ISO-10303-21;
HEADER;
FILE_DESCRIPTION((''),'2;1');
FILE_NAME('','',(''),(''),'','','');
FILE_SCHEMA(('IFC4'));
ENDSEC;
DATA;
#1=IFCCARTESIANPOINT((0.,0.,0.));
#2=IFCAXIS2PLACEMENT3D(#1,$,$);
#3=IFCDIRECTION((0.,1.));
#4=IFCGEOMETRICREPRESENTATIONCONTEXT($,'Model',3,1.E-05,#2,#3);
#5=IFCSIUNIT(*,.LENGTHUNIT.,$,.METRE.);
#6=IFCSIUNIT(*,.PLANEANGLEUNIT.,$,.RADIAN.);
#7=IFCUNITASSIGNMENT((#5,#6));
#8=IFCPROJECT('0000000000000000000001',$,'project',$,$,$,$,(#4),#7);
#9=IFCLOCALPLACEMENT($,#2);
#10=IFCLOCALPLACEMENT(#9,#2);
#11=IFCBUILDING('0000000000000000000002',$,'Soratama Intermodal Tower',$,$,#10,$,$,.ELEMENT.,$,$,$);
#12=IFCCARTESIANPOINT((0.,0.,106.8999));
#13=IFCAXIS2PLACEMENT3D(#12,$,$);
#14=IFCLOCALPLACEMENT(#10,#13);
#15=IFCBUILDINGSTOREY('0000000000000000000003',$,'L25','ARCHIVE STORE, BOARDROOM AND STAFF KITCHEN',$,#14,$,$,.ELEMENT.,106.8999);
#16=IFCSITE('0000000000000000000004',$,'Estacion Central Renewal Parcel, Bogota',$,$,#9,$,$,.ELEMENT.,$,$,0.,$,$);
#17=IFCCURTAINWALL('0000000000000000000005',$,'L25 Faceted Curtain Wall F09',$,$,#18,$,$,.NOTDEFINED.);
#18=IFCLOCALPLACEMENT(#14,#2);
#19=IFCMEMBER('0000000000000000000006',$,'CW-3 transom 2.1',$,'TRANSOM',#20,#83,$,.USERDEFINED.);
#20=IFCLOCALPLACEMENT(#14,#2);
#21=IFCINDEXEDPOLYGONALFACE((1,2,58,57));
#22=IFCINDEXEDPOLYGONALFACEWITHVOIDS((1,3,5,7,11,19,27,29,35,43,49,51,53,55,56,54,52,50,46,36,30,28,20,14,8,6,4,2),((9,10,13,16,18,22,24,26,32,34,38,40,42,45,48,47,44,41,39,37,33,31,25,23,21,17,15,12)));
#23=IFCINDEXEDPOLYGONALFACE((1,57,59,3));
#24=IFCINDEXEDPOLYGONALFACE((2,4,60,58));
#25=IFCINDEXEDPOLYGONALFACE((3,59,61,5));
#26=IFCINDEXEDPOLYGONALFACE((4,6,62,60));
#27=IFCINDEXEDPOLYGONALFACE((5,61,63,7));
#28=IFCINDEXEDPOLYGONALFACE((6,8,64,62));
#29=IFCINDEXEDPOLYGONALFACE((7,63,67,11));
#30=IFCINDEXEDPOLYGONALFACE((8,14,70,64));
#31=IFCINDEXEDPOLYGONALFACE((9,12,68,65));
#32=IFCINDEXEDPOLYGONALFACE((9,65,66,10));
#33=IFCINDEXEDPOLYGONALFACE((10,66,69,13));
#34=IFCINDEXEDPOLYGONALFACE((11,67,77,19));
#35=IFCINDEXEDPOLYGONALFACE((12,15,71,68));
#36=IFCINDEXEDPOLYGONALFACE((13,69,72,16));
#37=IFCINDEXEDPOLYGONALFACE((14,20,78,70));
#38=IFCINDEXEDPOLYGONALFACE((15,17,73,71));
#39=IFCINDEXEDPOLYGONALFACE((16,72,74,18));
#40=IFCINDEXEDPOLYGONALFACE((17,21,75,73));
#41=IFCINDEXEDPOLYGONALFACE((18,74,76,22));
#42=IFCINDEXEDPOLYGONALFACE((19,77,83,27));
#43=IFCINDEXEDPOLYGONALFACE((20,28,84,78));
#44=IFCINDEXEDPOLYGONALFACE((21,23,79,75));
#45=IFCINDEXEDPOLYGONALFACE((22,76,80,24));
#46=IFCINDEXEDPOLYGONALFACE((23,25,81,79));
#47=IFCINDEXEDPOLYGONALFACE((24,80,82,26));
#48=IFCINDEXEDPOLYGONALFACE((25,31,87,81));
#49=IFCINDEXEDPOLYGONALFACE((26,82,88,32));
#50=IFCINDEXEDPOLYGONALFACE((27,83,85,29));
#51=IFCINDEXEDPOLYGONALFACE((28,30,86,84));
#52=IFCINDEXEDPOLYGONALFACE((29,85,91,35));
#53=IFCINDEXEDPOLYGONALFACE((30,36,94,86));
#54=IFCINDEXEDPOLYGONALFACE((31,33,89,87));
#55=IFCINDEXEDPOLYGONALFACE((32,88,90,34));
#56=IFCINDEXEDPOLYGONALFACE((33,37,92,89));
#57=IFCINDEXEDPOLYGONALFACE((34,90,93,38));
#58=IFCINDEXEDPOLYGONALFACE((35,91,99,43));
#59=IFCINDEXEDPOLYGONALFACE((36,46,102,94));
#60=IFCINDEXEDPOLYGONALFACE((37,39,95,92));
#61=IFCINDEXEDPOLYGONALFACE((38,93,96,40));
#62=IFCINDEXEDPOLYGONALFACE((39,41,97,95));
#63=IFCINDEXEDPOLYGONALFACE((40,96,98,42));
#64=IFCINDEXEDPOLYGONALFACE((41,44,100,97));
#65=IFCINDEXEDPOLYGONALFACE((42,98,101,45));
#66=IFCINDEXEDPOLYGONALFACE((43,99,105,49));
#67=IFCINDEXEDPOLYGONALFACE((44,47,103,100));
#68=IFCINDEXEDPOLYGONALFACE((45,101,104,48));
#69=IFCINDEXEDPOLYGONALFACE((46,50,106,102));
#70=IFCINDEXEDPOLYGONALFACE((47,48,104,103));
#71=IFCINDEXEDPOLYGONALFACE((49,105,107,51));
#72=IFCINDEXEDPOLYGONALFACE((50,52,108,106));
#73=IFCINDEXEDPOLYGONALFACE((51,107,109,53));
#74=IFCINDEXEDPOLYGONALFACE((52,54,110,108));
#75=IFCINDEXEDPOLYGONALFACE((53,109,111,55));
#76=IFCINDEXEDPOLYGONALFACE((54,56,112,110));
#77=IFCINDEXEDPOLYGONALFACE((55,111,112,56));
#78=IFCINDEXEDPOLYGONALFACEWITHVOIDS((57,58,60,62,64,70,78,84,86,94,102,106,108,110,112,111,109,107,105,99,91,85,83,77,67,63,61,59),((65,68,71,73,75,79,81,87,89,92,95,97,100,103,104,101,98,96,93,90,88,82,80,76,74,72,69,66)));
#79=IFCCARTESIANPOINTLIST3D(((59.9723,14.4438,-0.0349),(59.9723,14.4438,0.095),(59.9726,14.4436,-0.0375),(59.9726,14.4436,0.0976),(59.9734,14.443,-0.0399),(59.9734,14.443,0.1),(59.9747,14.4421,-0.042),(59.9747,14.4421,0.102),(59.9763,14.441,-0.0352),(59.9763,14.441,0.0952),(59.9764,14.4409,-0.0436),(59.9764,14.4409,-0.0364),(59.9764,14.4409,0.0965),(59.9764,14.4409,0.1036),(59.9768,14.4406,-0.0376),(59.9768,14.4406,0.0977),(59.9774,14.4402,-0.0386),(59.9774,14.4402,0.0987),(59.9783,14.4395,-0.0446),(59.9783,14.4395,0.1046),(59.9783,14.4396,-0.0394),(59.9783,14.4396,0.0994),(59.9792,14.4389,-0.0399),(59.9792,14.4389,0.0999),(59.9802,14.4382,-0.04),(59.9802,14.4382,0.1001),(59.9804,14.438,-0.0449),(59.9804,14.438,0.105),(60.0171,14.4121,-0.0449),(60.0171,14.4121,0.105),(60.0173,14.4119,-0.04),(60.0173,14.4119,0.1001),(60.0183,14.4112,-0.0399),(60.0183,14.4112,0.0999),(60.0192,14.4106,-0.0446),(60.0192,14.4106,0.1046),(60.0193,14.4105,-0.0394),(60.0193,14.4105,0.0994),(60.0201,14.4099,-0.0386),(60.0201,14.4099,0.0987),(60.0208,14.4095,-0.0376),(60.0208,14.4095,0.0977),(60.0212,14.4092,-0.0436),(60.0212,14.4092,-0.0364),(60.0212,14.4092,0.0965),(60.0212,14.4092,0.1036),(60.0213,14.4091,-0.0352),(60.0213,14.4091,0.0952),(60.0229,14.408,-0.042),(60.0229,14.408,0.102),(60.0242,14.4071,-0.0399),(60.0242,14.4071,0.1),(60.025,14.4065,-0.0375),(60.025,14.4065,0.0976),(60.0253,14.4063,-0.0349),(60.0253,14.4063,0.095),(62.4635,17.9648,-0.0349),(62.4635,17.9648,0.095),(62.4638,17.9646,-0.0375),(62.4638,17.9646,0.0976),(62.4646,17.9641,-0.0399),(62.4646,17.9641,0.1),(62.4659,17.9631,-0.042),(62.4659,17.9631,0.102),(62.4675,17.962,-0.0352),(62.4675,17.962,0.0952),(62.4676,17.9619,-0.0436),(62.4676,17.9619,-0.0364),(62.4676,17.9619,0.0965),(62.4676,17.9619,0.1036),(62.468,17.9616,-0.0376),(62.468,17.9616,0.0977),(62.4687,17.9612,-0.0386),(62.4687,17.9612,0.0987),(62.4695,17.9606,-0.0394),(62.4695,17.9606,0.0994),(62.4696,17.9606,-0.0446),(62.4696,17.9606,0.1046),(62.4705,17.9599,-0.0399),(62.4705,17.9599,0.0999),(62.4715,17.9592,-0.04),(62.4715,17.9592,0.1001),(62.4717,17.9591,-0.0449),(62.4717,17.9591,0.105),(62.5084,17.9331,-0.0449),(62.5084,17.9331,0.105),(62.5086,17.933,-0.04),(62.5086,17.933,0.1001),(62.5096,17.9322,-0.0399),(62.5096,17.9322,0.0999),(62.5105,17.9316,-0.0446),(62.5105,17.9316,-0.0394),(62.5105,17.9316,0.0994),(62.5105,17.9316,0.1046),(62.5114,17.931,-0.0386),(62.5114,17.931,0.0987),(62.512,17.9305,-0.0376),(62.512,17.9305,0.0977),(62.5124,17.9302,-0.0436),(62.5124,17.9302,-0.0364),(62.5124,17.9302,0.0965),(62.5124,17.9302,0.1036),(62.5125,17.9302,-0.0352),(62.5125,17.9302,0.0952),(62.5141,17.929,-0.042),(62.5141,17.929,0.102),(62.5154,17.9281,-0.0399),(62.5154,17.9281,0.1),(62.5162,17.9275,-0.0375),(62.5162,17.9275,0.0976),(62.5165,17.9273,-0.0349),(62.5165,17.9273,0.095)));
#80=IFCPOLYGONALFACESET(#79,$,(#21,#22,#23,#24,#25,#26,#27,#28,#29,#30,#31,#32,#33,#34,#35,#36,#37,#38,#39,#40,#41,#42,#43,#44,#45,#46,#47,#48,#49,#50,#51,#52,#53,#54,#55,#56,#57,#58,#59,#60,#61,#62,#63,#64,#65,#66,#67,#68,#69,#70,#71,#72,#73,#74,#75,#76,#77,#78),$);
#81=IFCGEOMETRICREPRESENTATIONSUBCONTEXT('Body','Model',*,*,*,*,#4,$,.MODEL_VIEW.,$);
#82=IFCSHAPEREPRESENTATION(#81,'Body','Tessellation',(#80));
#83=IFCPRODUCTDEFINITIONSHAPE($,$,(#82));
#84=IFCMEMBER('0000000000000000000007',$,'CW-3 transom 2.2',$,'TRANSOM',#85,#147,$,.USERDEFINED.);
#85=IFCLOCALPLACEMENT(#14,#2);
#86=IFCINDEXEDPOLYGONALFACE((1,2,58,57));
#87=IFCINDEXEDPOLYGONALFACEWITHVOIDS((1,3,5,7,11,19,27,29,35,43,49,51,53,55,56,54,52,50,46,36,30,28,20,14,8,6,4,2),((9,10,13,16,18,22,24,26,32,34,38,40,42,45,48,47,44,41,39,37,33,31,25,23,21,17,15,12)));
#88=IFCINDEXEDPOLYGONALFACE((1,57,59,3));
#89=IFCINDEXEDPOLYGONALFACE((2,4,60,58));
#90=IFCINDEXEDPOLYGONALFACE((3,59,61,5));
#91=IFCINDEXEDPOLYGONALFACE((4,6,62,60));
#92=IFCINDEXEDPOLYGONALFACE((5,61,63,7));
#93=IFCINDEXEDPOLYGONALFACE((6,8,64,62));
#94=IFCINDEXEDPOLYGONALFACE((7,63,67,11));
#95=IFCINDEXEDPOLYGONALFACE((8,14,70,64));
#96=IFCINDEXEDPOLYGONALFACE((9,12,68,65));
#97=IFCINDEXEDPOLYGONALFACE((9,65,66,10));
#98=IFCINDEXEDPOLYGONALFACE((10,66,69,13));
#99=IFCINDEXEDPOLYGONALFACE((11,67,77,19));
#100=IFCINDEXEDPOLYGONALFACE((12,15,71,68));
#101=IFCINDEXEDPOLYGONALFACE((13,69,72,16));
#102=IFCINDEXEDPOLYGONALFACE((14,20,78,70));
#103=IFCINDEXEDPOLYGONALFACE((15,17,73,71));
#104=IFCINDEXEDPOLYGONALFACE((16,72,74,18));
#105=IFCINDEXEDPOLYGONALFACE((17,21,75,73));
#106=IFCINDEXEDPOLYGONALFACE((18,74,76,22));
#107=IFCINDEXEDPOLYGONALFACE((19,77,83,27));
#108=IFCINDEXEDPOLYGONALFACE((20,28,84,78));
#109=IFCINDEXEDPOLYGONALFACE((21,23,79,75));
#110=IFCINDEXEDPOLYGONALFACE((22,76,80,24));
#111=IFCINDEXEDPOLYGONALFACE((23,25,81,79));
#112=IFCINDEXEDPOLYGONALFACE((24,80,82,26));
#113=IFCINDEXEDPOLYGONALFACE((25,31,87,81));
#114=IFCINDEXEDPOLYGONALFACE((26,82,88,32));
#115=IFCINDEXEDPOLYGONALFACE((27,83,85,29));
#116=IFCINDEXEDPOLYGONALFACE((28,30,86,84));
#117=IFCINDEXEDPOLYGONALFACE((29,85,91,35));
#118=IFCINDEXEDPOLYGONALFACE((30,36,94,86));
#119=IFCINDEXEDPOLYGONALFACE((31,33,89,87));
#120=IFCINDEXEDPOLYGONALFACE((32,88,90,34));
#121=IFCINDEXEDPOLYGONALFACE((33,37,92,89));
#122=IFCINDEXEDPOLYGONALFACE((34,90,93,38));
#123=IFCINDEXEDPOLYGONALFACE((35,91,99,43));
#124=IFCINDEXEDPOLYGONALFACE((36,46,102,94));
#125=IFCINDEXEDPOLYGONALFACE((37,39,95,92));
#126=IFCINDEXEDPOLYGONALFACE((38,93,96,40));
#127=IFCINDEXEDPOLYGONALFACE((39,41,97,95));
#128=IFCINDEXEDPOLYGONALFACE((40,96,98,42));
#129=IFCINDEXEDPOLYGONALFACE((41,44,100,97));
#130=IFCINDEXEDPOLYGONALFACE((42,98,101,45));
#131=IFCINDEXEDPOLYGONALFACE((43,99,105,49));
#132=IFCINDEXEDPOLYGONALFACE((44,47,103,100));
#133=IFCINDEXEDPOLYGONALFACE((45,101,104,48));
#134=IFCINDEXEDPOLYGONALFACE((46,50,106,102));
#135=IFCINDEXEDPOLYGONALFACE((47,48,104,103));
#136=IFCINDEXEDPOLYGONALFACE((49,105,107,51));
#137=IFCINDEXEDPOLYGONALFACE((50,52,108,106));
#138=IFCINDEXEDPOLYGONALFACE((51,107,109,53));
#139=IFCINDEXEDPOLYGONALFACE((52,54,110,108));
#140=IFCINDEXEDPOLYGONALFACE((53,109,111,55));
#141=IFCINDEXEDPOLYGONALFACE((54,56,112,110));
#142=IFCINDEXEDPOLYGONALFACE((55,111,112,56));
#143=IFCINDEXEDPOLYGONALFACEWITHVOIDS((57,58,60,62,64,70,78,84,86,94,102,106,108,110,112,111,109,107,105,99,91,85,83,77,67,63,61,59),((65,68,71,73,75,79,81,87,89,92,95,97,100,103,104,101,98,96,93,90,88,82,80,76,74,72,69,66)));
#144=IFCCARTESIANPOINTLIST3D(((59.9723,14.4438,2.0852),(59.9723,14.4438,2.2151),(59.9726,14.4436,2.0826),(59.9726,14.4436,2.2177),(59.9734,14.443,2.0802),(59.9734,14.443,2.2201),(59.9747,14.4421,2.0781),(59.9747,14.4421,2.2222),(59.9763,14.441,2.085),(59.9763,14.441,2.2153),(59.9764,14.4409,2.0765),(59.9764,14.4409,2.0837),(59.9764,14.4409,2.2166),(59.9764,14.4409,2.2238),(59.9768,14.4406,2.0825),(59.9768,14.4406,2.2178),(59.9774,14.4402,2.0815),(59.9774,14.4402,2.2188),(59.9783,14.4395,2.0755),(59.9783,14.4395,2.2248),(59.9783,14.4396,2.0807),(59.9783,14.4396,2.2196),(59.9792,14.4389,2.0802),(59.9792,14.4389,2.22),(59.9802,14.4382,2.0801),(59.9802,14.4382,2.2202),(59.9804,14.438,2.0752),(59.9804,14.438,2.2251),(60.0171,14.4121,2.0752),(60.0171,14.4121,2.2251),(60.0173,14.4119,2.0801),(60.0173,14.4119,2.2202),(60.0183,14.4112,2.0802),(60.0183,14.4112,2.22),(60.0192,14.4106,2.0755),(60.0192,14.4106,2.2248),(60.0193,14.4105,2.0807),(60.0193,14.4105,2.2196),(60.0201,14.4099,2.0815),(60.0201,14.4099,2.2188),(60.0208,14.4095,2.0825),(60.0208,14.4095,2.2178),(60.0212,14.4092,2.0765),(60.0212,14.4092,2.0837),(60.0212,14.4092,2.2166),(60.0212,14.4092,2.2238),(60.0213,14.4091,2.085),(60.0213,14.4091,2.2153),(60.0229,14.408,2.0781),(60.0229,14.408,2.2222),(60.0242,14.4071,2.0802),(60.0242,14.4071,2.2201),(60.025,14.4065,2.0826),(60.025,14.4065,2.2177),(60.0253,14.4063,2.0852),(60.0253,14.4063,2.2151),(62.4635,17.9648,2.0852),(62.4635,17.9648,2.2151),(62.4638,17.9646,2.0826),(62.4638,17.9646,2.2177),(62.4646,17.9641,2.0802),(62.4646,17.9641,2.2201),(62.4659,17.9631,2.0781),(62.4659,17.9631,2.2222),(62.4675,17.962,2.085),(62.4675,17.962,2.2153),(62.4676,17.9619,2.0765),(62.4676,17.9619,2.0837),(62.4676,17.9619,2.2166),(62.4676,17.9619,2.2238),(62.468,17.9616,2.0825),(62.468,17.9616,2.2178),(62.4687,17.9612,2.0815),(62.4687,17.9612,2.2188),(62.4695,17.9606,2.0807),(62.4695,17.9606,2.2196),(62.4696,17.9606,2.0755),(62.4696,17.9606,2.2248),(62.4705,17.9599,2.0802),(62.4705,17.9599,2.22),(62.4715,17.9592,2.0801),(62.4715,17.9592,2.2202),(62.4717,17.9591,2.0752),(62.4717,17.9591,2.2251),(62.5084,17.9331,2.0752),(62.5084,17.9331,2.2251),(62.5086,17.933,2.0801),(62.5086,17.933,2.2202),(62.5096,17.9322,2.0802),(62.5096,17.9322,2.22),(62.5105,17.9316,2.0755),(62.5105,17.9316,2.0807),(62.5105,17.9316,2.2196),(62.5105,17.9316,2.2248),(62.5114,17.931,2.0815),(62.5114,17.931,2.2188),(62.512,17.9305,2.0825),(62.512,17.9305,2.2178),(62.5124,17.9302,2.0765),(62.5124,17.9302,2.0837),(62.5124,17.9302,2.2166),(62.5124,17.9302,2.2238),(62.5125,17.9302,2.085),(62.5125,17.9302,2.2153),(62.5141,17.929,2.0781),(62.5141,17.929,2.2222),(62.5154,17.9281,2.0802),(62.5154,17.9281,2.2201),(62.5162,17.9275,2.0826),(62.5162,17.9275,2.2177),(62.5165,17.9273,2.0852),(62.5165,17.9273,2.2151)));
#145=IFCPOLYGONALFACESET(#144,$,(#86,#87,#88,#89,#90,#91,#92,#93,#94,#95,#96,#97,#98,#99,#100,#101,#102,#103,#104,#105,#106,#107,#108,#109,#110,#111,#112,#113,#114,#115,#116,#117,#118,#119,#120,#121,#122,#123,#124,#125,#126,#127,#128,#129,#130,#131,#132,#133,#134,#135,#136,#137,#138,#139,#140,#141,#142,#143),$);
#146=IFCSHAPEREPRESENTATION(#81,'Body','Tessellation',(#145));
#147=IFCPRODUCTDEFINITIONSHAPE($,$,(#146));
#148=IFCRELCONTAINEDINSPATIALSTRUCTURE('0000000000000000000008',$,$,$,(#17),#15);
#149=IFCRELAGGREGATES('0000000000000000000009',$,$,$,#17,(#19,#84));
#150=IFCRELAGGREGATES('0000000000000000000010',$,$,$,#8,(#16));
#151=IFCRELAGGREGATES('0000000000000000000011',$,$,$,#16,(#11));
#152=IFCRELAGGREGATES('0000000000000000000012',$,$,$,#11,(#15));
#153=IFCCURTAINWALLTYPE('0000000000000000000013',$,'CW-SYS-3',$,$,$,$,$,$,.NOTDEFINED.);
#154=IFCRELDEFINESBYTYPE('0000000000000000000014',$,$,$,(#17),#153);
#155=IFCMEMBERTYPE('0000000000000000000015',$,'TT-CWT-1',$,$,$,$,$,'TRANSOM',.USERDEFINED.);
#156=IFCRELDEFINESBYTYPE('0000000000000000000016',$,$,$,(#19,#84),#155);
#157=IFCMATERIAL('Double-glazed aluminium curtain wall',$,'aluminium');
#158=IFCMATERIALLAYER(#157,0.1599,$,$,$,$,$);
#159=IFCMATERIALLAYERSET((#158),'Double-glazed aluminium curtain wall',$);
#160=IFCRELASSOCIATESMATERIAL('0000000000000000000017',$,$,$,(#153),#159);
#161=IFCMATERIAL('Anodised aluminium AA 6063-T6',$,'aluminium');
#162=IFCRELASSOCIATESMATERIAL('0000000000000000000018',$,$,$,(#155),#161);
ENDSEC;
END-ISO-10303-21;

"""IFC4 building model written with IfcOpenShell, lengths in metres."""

from ifc_helpers import new_model, si_unit, direction, frame, origin, origin_2d, place, context, subcontext, project, spatial, hollow_rectangle, extrude, material, layer, layer_set, material_profile, profile_set, type_object, element, aggregate, save


model = new_model("IFC4")

# Units and contexts
model_context = context("Model", 3, precision=1e-05, world=origin(), true_north=direction((0.0, 1.0)))
body_context = subcontext(model_context, "Body", "Model", "MODEL_VIEW")
ifc_project = project(units=[si_unit("LENGTHUNIT", "METRE"), si_unit("PLANEANGLEUNIT", "RADIAN")], contexts=[model_context])

# Site, building, storey
site_placement = place(None, origin())
site = spatial("IfcSite", under=ifc_project, at=site_placement, Name="Estacion Central Renewal Parcel, Bogota", CompositionType="ELEMENT", RefElevation=0.0)
building_placement = place(site_placement, origin())
building = spatial("IfcBuilding", under=site, at=building_placement, Name="Soratama Intermodal Tower", CompositionType="ELEMENT")
storey_placement = place(building_placement, frame((0.0, 0.0, 106.8999)))
storey = spatial("IfcBuildingStorey", under=building, at=storey_placement, Name="L25", Description="ARCHIVE STORE, BOARDROOM AND STAFF KITCHEN", CompositionType="ELEMENT", Elevation=106.8999)

# Curtain wall, members
ifc_material_1 = material(Name="Double-glazed aluminium curtain wall", Category="aluminium")
ifc_layer_1 = layer(ifc_material_1, 0.1599)
ifc_layer_set_1 = layer_set([ifc_layer_1], Name="Double-glazed aluminium curtain wall")
curtain_wall_type = type_object("IfcCurtainWallType", Name="CW-SYS-3", PredefinedType="NOTDEFINED", material=ifc_layer_set_1)
curtain_wall_placement = place(storey_placement, origin())
curtain_wall = element("IfcCurtainWall", 1, at=curtain_wall_placement, inside=storey, type_object=curtain_wall_type, Name="L25 Faceted Curtain Wall F09", PredefinedType="NOTDEFINED")
ifc_material_2 = material(Name="Anodised aluminium AA 6063-T6", Category="aluminium")
ifc_material_profile_1 = material_profile(ifc_material_2, hollow_rectangle(XDim=0.0649, YDim=0.1499, WallThickness=0.0049, InnerFilletRadius=0.0049, OuterFilletRadius=0.01, at=origin_2d()), Name="CWT150X65X5")
ifc_profile_set_1 = profile_set([ifc_material_profile_1], Name="Anodised aluminium AA 6063-T6")
member_type_1 = type_object("IfcMemberType", Name="TT-CWT-1", ElementType="TRANSOM", PredefinedType="USERDEFINED", material=ifc_profile_set_1)
member_1_placement = place(storey_placement, frame((59.9988, 14.425, 0.03), z_axis=(0.577581, 0.816334, 0.0), x_axis=(-0.816334, 0.577581, 0.0)))
member_1 = element("IfcMember", 2, at=member_1_placement, type_object=member_type_1, Name="CW-3 transom 2.1", ObjectType="TRANSOM", PredefinedType="USERDEFINED", context=body_context, shape_type="SweptSolid", body=[
    extrude(hollow_rectangle(XDim=0.0649, YDim=0.1499, WallThickness=0.0049, InnerFilletRadius=0.0049, OuterFilletRadius=0.01, at=origin_2d()), origin(), (0.0, 0.0, 1.0), 4.3132),
])
member_2_placement = place(storey_placement, frame((59.9988, 14.425, 2.1501), z_axis=(0.577581, 0.816334, 0.0), x_axis=(-0.816334, 0.577581, 0.0)))
member_2 = element("IfcMember", 3, at=member_2_placement, type_object=member_type_1, Name="CW-3 transom 2.2", ObjectType="TRANSOM", PredefinedType="USERDEFINED", context=body_context, shape_type="SweptSolid", body=[
    extrude(hollow_rectangle(XDim=0.0649, YDim=0.1499, WallThickness=0.0049, InnerFilletRadius=0.0049, OuterFilletRadius=0.01, at=origin_2d()), origin(), (0.0, 0.0, 1.0), 4.3132),
])
aggregate(curtain_wall, [member_1, member_2])

save(model, "model.ifc")
